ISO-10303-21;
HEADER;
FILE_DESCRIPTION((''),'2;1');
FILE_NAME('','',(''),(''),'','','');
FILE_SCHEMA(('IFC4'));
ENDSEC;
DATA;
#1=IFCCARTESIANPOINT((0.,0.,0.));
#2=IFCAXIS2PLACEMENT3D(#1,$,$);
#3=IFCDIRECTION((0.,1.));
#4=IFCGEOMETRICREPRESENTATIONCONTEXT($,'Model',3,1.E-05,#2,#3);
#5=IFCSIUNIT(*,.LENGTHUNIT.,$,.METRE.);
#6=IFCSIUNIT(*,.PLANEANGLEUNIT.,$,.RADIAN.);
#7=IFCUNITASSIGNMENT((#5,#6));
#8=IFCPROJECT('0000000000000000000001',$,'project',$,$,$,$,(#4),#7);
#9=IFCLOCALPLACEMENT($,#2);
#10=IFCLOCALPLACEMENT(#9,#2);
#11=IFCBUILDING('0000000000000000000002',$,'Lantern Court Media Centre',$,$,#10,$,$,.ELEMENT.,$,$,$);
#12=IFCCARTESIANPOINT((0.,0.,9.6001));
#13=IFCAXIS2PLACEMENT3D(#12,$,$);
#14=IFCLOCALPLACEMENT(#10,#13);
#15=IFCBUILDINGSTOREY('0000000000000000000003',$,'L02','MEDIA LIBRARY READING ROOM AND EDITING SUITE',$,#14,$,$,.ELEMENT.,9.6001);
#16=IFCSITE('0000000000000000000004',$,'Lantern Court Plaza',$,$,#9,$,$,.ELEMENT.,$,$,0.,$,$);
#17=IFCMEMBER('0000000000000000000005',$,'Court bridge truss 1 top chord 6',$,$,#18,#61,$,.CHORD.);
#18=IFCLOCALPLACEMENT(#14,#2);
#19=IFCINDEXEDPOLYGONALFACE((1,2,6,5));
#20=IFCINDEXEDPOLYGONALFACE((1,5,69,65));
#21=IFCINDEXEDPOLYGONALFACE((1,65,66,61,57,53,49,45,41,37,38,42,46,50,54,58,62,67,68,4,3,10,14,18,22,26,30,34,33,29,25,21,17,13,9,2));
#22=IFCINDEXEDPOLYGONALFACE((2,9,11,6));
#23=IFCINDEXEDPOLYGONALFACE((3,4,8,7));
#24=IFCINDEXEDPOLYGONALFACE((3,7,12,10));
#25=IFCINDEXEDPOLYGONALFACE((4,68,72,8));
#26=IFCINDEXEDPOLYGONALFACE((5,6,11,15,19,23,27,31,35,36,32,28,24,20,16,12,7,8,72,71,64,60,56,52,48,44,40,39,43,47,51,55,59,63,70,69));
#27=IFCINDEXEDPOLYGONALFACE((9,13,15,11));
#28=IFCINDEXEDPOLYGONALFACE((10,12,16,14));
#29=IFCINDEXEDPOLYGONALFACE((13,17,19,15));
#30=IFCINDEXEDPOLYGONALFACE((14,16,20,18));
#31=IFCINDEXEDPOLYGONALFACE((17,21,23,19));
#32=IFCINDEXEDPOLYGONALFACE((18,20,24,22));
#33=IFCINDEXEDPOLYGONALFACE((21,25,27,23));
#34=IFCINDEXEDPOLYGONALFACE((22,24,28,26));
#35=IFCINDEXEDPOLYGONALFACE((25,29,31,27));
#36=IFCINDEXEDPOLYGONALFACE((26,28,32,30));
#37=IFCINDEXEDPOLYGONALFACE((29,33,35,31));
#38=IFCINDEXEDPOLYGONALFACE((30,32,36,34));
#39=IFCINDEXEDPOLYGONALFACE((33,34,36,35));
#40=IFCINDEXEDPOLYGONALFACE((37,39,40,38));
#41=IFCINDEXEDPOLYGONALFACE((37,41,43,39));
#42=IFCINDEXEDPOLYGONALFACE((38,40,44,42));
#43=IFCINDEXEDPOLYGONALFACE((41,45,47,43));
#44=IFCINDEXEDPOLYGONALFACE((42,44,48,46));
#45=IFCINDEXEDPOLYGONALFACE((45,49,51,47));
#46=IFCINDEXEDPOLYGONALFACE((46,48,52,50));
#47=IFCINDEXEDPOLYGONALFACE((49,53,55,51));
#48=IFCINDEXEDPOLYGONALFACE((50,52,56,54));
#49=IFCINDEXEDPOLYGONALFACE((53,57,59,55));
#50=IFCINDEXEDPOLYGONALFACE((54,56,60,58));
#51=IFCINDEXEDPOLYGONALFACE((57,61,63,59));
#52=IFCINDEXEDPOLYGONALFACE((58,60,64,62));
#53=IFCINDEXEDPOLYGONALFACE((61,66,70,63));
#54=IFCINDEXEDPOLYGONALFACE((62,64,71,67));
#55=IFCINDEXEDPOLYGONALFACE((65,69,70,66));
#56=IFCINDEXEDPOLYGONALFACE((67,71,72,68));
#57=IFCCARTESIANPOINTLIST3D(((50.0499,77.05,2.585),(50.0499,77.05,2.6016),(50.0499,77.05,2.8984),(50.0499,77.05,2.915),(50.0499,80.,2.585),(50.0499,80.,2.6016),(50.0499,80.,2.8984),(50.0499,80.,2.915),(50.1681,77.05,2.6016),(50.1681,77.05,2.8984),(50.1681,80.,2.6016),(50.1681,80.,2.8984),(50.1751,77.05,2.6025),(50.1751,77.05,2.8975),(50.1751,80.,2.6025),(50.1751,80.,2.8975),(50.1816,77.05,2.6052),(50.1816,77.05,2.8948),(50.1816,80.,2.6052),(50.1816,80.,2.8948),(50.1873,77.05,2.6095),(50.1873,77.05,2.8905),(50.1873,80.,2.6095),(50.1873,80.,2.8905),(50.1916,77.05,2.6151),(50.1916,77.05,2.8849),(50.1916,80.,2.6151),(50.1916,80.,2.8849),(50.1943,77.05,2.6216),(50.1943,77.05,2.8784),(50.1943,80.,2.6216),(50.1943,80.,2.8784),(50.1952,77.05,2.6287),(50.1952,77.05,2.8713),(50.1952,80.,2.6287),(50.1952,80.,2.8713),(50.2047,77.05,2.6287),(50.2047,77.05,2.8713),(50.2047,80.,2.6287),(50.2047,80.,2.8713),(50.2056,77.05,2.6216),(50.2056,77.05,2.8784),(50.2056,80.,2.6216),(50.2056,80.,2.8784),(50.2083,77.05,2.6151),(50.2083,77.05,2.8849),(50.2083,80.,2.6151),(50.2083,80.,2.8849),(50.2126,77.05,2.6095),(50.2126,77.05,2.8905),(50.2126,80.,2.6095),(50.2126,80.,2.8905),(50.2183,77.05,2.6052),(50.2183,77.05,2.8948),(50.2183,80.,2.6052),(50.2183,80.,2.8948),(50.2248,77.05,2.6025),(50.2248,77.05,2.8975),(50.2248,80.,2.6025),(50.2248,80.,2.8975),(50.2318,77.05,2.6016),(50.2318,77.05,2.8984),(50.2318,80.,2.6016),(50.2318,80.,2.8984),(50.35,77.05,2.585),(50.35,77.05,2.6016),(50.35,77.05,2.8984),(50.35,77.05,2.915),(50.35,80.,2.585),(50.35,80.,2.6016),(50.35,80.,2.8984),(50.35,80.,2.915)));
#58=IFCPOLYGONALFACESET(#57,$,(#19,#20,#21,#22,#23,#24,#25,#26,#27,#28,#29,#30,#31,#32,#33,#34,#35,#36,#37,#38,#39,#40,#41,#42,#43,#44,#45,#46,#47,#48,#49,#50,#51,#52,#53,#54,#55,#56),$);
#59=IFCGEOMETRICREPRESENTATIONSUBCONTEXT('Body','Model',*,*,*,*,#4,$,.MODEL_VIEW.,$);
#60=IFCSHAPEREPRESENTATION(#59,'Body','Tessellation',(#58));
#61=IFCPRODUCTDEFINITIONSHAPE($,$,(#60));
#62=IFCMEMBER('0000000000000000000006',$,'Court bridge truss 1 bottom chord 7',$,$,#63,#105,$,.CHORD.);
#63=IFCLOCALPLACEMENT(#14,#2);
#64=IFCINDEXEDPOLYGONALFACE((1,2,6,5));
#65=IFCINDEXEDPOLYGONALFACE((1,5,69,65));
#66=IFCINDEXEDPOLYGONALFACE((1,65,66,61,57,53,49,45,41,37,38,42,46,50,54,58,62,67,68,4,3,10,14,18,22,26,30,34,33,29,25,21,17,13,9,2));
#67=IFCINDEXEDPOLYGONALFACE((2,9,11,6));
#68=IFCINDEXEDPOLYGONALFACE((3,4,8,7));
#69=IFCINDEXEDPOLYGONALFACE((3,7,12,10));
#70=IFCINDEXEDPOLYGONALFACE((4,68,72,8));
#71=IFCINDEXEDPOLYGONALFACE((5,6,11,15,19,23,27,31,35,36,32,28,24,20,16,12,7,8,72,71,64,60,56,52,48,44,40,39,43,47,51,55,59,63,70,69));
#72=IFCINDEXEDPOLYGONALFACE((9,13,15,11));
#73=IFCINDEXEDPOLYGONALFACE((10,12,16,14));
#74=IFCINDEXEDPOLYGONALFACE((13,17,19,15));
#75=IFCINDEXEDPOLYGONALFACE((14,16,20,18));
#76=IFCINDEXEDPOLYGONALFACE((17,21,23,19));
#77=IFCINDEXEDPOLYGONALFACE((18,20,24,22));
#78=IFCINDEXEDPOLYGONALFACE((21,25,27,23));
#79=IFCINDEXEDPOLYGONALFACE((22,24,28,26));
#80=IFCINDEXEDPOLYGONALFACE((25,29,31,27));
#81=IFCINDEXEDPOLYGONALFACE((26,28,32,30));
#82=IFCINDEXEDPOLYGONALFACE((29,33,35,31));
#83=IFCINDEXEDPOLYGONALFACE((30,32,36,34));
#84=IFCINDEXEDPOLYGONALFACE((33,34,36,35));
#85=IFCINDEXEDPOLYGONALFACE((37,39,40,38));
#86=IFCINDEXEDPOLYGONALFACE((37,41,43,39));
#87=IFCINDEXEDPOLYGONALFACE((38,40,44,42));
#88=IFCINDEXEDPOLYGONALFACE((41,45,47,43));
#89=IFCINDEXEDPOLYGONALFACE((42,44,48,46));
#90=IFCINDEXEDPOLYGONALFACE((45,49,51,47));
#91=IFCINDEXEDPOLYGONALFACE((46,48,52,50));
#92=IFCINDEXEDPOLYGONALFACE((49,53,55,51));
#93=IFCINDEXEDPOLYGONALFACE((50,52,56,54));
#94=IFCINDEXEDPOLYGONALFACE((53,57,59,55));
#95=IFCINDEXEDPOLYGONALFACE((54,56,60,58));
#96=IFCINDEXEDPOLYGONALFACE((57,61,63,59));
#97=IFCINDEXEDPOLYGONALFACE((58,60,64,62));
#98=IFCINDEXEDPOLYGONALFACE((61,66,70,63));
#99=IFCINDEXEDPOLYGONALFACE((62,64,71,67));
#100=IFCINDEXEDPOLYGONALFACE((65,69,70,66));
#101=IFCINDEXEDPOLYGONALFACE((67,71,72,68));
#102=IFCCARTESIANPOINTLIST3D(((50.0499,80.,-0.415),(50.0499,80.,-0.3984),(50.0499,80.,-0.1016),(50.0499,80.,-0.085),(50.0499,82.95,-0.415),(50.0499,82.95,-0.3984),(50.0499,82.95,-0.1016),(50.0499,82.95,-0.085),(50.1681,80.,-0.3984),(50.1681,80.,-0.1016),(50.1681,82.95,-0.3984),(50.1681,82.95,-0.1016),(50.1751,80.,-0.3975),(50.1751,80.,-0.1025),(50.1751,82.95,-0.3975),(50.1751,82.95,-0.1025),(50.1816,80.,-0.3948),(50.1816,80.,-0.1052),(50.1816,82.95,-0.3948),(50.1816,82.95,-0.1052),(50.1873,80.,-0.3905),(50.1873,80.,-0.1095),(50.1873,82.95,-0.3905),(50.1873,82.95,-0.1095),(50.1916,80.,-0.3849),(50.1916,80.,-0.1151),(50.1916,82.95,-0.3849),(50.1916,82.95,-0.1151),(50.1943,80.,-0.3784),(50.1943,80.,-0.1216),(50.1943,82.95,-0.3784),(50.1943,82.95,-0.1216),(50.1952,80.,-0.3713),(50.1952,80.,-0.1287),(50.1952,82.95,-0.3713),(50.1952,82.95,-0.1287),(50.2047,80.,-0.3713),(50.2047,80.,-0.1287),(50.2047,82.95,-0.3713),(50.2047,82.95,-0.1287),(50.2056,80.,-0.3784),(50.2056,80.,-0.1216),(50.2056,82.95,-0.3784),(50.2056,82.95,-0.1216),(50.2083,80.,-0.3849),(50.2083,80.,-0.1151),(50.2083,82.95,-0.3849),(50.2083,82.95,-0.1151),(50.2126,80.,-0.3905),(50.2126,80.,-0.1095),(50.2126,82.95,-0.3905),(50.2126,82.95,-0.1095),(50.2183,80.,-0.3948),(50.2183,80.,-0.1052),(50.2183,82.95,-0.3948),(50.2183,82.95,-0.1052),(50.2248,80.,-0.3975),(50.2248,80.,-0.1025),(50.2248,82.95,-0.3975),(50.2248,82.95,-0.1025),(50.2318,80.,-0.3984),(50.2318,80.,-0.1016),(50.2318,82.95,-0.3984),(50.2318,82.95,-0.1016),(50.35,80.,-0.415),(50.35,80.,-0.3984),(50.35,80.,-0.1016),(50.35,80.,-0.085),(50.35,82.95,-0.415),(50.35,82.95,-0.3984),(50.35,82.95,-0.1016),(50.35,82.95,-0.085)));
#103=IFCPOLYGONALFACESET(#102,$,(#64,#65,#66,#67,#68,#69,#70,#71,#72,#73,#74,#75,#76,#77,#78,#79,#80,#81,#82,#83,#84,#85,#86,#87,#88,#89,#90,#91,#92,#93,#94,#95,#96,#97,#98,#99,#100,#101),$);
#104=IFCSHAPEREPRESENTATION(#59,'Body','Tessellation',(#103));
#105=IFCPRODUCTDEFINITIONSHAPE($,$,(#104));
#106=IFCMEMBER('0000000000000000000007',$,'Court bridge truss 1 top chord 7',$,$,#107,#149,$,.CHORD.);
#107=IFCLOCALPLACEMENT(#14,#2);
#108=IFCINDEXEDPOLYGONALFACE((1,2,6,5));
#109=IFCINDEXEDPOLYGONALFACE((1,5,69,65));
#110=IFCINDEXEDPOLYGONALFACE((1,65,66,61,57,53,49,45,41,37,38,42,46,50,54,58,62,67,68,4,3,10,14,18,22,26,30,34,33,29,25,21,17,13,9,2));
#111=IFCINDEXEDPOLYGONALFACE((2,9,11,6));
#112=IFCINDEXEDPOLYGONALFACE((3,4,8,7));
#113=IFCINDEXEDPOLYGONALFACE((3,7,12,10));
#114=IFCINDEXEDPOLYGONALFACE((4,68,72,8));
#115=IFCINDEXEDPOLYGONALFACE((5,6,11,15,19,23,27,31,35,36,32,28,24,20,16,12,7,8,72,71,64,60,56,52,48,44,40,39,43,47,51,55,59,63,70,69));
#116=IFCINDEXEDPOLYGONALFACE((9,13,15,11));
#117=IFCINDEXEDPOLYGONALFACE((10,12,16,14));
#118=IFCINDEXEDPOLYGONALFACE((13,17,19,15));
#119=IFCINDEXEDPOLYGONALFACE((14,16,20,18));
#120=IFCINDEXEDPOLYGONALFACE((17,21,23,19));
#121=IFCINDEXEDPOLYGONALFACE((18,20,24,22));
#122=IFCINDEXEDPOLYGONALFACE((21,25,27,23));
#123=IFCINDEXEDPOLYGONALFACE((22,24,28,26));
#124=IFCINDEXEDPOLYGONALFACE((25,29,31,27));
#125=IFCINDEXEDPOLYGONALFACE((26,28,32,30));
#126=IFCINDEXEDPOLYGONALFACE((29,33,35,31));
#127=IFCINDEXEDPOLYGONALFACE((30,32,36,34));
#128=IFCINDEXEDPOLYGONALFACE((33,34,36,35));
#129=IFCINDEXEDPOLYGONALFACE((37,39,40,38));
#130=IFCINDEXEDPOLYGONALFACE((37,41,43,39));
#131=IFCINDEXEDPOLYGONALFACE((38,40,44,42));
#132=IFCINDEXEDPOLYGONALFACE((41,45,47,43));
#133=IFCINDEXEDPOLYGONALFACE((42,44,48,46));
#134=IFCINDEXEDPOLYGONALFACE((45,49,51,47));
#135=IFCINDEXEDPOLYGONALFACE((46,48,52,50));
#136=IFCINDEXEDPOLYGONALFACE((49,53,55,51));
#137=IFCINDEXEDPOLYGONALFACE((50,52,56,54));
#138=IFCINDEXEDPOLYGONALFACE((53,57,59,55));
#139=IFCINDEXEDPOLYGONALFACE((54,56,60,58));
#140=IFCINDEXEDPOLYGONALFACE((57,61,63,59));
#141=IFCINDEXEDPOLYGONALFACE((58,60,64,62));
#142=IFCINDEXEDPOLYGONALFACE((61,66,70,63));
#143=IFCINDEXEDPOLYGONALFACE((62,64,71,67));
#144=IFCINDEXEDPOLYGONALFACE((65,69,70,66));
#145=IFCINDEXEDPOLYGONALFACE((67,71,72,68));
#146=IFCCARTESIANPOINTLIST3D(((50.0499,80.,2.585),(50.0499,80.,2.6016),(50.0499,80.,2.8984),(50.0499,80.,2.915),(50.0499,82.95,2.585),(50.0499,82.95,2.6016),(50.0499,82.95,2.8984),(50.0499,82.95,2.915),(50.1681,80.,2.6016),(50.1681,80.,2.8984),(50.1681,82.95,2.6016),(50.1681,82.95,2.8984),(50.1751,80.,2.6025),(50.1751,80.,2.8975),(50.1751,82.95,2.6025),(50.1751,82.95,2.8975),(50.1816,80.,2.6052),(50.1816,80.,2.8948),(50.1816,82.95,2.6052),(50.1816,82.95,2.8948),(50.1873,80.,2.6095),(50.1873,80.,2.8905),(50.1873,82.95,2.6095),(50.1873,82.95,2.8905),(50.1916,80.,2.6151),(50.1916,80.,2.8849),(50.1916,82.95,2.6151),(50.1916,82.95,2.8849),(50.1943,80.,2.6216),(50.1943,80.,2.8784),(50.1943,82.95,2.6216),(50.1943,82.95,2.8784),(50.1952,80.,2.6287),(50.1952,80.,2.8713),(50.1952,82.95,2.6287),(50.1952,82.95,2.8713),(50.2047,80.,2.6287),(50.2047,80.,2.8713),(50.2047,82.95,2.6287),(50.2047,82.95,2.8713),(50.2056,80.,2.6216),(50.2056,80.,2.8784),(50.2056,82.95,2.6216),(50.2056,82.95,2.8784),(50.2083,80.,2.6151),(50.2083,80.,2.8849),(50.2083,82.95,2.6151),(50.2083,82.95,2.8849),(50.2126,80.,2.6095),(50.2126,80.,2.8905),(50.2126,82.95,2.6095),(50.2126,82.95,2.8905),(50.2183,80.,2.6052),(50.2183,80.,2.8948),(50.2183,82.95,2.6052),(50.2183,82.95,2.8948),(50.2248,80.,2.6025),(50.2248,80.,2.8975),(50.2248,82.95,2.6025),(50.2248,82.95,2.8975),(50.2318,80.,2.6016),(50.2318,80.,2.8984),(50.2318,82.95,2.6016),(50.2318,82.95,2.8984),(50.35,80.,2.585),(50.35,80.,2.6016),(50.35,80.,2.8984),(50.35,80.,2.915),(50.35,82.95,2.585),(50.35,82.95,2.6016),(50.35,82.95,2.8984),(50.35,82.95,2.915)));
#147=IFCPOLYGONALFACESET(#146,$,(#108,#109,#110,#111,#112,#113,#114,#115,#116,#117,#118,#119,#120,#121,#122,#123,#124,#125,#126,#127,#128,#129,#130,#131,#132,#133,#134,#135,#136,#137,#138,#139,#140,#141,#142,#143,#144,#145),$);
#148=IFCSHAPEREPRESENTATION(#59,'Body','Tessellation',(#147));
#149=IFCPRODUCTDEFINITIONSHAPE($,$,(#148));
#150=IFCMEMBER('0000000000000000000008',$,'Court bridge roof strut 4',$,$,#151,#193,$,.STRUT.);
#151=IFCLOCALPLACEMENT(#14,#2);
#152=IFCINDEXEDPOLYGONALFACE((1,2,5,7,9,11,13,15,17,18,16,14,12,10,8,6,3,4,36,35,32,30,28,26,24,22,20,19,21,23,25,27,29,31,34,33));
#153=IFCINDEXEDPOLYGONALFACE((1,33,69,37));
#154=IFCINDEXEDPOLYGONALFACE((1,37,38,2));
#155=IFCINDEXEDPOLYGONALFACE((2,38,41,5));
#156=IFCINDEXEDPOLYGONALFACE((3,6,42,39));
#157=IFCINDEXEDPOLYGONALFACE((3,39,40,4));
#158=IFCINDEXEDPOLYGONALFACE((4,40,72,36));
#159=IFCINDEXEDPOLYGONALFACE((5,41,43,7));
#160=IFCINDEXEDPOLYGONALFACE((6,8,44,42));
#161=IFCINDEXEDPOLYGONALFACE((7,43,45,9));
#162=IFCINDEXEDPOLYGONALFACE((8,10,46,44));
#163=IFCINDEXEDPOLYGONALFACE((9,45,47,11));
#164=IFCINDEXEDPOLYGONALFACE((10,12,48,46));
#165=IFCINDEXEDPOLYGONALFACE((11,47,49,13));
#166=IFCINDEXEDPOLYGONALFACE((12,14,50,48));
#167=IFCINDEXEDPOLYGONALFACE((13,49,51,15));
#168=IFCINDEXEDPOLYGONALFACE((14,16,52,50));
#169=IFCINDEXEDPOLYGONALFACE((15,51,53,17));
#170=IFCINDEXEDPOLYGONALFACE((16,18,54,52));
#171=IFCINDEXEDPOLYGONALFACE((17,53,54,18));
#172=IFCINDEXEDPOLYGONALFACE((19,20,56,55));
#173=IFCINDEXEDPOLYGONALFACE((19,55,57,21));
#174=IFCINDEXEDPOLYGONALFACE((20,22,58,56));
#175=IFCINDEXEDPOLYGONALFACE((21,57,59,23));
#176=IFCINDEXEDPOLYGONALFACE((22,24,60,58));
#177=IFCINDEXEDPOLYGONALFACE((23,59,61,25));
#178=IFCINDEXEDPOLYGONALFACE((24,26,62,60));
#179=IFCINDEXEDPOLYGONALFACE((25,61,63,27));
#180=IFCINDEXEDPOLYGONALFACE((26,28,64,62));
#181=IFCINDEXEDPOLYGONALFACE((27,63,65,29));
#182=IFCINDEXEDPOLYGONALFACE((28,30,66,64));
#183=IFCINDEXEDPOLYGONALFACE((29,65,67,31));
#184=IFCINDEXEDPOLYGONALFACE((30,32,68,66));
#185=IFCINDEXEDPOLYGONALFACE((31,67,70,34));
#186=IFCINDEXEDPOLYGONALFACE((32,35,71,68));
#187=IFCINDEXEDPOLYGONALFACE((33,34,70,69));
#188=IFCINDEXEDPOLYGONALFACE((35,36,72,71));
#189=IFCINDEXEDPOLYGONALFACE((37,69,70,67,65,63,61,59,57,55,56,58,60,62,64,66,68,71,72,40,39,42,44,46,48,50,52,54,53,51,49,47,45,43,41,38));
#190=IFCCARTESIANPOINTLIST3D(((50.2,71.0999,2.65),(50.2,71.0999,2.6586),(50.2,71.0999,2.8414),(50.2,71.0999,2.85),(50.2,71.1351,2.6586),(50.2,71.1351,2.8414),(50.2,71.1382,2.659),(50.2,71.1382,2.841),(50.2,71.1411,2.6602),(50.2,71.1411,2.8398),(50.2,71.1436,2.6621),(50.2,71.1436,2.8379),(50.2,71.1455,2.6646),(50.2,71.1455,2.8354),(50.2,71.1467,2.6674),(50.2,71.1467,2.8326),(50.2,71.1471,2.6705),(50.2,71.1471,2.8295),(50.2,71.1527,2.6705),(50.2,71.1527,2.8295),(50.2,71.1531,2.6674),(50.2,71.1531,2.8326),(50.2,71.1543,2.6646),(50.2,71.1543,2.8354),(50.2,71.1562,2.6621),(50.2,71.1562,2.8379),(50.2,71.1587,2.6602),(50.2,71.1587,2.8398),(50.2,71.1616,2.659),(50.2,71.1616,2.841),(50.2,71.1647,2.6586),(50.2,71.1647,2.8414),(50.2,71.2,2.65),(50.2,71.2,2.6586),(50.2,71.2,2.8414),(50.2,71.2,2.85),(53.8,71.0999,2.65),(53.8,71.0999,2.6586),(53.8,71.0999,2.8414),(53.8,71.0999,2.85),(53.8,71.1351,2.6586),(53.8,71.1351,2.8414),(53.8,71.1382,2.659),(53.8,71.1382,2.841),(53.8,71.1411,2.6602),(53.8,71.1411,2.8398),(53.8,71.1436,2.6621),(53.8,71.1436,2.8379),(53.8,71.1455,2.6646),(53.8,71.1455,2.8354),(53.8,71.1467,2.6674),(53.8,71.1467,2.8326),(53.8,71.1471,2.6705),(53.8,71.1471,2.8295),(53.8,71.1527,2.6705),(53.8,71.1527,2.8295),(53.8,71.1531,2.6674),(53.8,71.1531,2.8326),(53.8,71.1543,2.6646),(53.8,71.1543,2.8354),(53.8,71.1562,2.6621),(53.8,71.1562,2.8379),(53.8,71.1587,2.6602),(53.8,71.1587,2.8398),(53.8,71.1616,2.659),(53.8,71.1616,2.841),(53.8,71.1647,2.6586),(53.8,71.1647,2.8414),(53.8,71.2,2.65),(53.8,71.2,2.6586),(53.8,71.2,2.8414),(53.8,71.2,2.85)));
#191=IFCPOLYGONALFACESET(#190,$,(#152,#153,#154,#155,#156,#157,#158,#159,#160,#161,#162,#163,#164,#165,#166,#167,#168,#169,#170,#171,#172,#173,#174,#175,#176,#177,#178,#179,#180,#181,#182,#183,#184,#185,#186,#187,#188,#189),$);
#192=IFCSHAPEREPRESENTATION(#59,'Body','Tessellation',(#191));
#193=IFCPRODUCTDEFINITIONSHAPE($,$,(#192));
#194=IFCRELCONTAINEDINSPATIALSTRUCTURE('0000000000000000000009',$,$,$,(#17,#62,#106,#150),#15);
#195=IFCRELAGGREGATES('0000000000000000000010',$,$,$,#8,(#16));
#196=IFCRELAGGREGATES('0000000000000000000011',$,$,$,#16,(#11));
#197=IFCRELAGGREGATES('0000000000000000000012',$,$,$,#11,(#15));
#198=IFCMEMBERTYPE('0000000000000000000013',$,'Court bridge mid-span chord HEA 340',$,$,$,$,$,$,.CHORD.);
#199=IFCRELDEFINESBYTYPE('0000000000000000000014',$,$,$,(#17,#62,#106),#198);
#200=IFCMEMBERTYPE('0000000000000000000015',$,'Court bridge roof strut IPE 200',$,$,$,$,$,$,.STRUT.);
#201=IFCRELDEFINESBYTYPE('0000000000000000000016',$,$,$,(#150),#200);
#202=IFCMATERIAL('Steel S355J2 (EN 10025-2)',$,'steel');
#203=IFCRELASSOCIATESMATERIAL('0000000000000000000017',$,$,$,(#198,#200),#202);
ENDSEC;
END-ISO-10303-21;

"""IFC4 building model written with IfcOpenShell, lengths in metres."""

from ifc_helpers import new_model, si_unit, direction, frame, origin, origin_2d, place, context, subcontext, project, spatial, i_section, extrude, material, material_profile, profile_set, type_object, element, save


model = new_model("IFC4")

# Units and contexts
model_context = context("Model", 3, precision=1e-05, world=origin(), true_north=direction((0.0, 1.0)))
body_context = subcontext(model_context, "Body", "Model", "MODEL_VIEW")
ifc_project = project(units=[si_unit("LENGTHUNIT", "METRE"), si_unit("PLANEANGLEUNIT", "RADIAN")], contexts=[model_context])

# Site, building, storey
site_placement = place(None, origin())
site = spatial("IfcSite", under=ifc_project, at=site_placement, Name="Lantern Court Plaza", CompositionType="ELEMENT", RefElevation=0.0)
building_placement = place(site_placement, origin())
building = spatial("IfcBuilding", under=site, at=building_placement, Name="Lantern Court Media Centre", CompositionType="ELEMENT")
storey_placement = place(building_placement, frame((0.0, 0.0, 9.6001)))
storey = spatial("IfcBuildingStorey", under=building, at=storey_placement, Name="L02", Description="MEDIA LIBRARY READING ROOM AND EDITING SUITE", CompositionType="ELEMENT", Elevation=9.6001)

# Shared definitions
ifc_material = material(Name="Steel S355J2 (EN 10025-2)", Category="steel")

# Members
ifc_material_profile_1 = material_profile(ifc_material, i_section(OverallWidth=0.3, OverallDepth=0.3301, WebThickness=0.0095, FlangeThickness=0.0166, FilletRadius=0.0271, at=origin_2d()), Name="HEA 340")
ifc_profile_set_1 = profile_set([ifc_material_profile_1], Name="Steel S355J2 (EN 10025-2)")
member_type_1 = type_object("IfcMemberType", Name="Court bridge mid-span chord HEA 340", PredefinedType="CHORD", material=ifc_profile_set_1)
for number, where, z_axis, x_axis, name in (
    (1, (50.2, 77.05, 2.75), (0.0, 1.0, 0.0), (-1.0, 0.0, 0.0), "Court bridge truss 1 top chord 6"),
    (2, (50.2, 80.0, -0.25), (0.0, 1.0, 0.0), (-1.0, 0.0, 0.0), "Court bridge truss 1 bottom chord 7"),
    (3, (50.2, 80.0, 2.75), (0.0, 1.0, 0.0), (-1.0, 0.0, 0.0), "Court bridge truss 1 top chord 7"),
):
    element("IfcMember", number, at=place(storey_placement, frame(where, z_axis=z_axis, x_axis=x_axis)), inside=storey, type_object=member_type_1, Name=name, PredefinedType="CHORD", context=body_context, shape_type="SweptSolid", body=[
        extrude(i_section(OverallWidth=0.3, OverallDepth=0.3301, WebThickness=0.0095, FlangeThickness=0.0166, FilletRadius=0.0271, at=origin_2d()), origin(), (0.0, 0.0, 1.0), 2.95),
    ])
ifc_material_profile_2 = material_profile(ifc_material, i_section(OverallWidth=0.1001, OverallDepth=0.2, WebThickness=0.0056, FlangeThickness=0.0085, FilletRadius=0.012, at=origin_2d()), Name="IPE 200")
ifc_profile_set_2 = profile_set([ifc_material_profile_2], Name="Steel S355J2 (EN 10025-2)")
member_type_2 = type_object("IfcMemberType", Name="Court bridge roof strut IPE 200", PredefinedType="STRUT", material=ifc_profile_set_2)
for number, where, z_axis, x_axis, name in (
    (4, (50.2, 71.1499, 2.75), (1.0, 0.0, 0.0), (0.0, 1.0, 0.0), "Court bridge roof strut 4"),
):
    element("IfcMember", number, at=place(storey_placement, frame(where, z_axis=z_axis, x_axis=x_axis)), inside=storey, type_object=member_type_2, Name=name, PredefinedType="STRUT", context=body_context, shape_type="SweptSolid", body=[
        extrude(i_section(OverallWidth=0.1001, OverallDepth=0.2, WebThickness=0.0056, FlangeThickness=0.0085, FilletRadius=0.012, at=origin_2d()), origin(), (0.0, 0.0, 1.0), 3.6001),
    ])

save(model, "model.ifc")
